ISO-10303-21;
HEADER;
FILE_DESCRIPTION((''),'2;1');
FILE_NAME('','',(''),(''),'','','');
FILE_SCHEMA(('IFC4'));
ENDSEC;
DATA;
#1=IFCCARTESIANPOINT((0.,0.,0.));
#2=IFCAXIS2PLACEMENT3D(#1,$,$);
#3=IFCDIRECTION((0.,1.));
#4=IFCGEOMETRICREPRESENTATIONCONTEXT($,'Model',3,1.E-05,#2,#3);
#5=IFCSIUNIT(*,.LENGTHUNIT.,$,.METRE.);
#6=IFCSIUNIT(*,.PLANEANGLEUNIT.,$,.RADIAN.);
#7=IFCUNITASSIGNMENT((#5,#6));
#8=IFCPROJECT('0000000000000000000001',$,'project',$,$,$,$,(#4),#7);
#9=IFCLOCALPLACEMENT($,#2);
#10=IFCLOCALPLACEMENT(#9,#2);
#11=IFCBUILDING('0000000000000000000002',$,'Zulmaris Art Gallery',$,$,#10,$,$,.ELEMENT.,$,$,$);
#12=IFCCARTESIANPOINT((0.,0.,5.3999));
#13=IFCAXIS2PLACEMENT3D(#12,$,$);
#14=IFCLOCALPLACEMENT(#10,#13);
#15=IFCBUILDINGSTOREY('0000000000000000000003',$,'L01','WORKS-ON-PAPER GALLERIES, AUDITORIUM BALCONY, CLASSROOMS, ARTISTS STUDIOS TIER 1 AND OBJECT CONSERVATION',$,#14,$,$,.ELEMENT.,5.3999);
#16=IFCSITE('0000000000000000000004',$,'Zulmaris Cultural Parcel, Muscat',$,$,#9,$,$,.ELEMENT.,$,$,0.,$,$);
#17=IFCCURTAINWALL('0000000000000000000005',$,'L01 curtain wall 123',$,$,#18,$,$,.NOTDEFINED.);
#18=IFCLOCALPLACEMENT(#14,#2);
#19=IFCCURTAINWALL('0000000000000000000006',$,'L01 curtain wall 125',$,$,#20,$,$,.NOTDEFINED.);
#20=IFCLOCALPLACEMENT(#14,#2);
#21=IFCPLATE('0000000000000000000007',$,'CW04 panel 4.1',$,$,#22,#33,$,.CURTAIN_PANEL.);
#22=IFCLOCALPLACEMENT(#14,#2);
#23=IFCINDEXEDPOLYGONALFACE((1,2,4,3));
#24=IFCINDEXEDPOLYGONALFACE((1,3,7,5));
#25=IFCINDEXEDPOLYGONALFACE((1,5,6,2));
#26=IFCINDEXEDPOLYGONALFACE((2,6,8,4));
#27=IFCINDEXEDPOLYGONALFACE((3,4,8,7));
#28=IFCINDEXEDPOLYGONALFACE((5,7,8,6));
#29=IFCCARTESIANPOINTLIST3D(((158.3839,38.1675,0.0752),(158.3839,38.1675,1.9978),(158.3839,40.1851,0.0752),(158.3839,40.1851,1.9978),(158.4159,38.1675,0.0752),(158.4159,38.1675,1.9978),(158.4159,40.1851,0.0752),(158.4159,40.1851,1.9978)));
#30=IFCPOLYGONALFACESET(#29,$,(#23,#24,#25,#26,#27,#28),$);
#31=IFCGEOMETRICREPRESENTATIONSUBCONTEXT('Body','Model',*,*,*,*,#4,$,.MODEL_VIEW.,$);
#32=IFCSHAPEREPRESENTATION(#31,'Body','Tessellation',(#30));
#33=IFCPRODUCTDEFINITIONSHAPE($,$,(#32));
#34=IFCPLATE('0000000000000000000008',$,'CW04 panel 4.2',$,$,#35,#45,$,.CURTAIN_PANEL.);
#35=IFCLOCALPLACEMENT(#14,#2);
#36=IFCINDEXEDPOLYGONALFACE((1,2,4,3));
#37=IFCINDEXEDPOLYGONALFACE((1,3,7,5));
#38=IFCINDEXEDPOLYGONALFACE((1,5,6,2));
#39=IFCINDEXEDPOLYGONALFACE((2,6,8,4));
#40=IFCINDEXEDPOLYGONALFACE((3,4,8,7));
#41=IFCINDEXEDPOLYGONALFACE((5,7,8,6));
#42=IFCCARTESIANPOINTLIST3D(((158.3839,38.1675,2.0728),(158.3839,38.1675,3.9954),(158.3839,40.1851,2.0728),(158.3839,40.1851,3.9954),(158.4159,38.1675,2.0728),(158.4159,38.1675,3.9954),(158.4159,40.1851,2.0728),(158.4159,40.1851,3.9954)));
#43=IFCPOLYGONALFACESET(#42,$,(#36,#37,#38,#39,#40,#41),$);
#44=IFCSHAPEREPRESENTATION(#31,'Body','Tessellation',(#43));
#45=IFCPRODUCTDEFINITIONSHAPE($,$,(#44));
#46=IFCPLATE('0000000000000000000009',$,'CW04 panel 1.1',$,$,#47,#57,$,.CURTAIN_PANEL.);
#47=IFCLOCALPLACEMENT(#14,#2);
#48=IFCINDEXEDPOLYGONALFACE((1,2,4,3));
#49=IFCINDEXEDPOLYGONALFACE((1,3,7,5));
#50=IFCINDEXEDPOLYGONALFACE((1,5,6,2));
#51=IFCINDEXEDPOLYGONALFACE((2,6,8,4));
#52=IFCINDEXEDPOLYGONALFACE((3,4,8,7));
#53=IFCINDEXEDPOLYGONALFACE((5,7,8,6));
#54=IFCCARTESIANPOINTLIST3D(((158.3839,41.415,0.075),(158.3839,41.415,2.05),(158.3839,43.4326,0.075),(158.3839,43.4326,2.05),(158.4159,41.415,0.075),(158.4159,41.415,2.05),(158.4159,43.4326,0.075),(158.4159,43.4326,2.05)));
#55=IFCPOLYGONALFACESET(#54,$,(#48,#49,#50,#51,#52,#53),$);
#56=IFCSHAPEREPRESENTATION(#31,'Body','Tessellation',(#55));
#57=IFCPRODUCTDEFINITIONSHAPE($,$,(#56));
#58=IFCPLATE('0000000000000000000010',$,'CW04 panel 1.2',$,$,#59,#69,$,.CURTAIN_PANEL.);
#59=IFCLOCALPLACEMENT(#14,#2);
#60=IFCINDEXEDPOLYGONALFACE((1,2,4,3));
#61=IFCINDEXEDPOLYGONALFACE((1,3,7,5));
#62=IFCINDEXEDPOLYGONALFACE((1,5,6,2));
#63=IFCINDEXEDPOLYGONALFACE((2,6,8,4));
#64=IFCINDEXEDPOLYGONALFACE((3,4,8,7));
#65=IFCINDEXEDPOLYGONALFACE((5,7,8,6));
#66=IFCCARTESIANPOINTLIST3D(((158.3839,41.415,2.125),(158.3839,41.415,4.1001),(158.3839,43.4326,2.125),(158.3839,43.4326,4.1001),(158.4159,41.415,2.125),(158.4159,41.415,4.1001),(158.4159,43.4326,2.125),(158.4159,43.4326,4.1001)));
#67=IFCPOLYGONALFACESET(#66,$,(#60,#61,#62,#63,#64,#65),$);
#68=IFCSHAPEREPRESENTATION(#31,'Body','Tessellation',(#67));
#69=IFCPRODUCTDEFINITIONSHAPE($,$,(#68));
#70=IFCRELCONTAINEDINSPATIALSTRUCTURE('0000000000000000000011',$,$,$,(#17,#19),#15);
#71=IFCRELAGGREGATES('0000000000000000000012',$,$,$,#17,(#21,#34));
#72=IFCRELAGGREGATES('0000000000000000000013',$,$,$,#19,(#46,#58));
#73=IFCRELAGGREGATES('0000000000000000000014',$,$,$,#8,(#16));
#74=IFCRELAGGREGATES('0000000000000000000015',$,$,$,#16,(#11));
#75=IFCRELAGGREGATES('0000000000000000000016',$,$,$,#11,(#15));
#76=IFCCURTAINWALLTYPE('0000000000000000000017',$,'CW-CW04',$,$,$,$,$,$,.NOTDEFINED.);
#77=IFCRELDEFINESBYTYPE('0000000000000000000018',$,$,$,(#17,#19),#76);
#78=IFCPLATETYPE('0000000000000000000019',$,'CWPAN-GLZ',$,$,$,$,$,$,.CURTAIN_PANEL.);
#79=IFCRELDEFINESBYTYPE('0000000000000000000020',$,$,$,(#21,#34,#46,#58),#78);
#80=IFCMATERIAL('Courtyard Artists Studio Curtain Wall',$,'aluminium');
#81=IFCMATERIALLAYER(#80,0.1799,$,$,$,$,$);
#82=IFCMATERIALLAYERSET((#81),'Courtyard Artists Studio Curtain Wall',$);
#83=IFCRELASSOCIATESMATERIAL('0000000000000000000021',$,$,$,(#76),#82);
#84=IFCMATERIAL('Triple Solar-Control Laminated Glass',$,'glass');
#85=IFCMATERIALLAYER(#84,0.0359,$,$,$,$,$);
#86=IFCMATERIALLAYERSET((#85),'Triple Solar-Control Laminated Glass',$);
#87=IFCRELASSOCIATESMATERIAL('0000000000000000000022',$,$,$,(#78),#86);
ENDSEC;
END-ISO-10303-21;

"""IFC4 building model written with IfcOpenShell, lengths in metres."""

from ifc_helpers import new_model, si_unit, direction, frame, origin, origin_2d, place, context, subcontext, project, spatial, rectangle, extrude, material, layer, layer_set, type_object, element, aggregate, save


model = new_model("IFC4")

# Units and contexts
model_context = context("Model", 3, precision=1e-05, world=origin(), true_north=direction((0.0, 1.0)))
body_context = subcontext(model_context, "Body", "Model", "MODEL_VIEW")
ifc_project = project(units=[si_unit("LENGTHUNIT", "METRE"), si_unit("PLANEANGLEUNIT", "RADIAN")], contexts=[model_context])

# Site, building, storey
site_placement = place(None, origin())
site = spatial("IfcSite", under=ifc_project, at=site_placement, Name="Zulmaris Cultural Parcel, Muscat", CompositionType="ELEMENT", RefElevation=0.0)
building_placement = place(site_placement, origin())
building = spatial("IfcBuilding", under=site, at=building_placement, Name="Zulmaris Art Gallery", CompositionType="ELEMENT")
storey_placement = place(building_placement, frame((0.0, 0.0, 5.3999)))
storey = spatial("IfcBuildingStorey", under=building, at=storey_placement, Name="L01", Description="WORKS-ON-PAPER GALLERIES, AUDITORIUM BALCONY, CLASSROOMS, ARTISTS STUDIOS TIER 1 AND OBJECT CONSERVATION", CompositionType="ELEMENT", Elevation=5.3999)

# Curtain walls
ifc_material_1 = material(Name="Courtyard Artists Studio Curtain Wall", Category="aluminium")
ifc_layer_1 = layer(ifc_material_1, 0.1799)
ifc_layer_set_1 = layer_set([ifc_layer_1], Name="Courtyard Artists Studio Curtain Wall")
curtain_wall_type = type_object("IfcCurtainWallType", Name="CW-CW04", PredefinedType="NOTDEFINED", material=ifc_layer_set_1)
curtain_wall_1_placement = place(storey_placement, origin())
curtain_wall_1 = element("IfcCurtainWall", 1, at=curtain_wall_1_placement, inside=storey, type_object=curtain_wall_type, Name="L01 curtain wall 123", PredefinedType="NOTDEFINED")
curtain_wall_2_placement = place(storey_placement, origin())
curtain_wall_2 = element("IfcCurtainWall", 2, at=curtain_wall_2_placement, inside=storey, type_object=curtain_wall_type, Name="L01 curtain wall 125", PredefinedType="NOTDEFINED")

# Plates
ifc_material_2 = material(Name="Triple Solar-Control Laminated Glass", Category="glass")
ifc_layer_2 = layer(ifc_material_2, 0.0359)
ifc_layer_set_2 = layer_set([ifc_layer_2], Name="Triple Solar-Control Laminated Glass")
plate_type = type_object("IfcPlateType", Name="CWPAN-GLZ", PredefinedType="CURTAIN_PANEL", material=ifc_layer_set_2)
plate_1_placement = place(storey_placement, frame((158.3999, 39.1763, 0.0752), z_axis=(0.0, 0.0, 1.0), x_axis=(0.0, 1.0, 0.0)))
plate_1 = element("IfcPlate", 3, at=plate_1_placement, type_object=plate_type, Name="CW04 panel 4.1", PredefinedType="CURTAIN_PANEL", context=body_context, shape_type="SweptSolid", body=[
    extrude(rectangle(XDim=2.0176, YDim=0.032, at=origin_2d()), origin(), (0.0, 0.0, 1.0), 1.9226),
])
plate_2_placement = place(storey_placement, frame((158.3999, 39.1763, 2.0728), z_axis=(0.0, 0.0, 1.0), x_axis=(0.0, 1.0, 0.0)))
plate_2 = element("IfcPlate", 4, at=plate_2_placement, type_object=plate_type, Name="CW04 panel 4.2", PredefinedType="CURTAIN_PANEL", context=body_context, shape_type="SweptSolid", body=[
    extrude(rectangle(XDim=2.0176, YDim=0.032, at=origin_2d()), origin(), (0.0, 0.0, 1.0), 1.9226),
])
aggregate(curtain_wall_1, [plate_1, plate_2])
plate_3_placement = place(storey_placement, frame((158.3999, 42.4238, 0.075), z_axis=(0.0, 0.0, 1.0), x_axis=(0.0, 1.0, 0.0)))
plate_3 = element("IfcPlate", 5, at=plate_3_placement, type_object=plate_type, Name="CW04 panel 1.1", PredefinedType="CURTAIN_PANEL", context=body_context, shape_type="SweptSolid", body=[
    extrude(rectangle(XDim=2.0176, YDim=0.032, at=origin_2d()), origin(), (0.0, 0.0, 1.0), 1.9751),
])
plate_4_placement = place(storey_placement, frame((158.3999, 42.4238, 2.125), z_axis=(0.0, 0.0, 1.0), x_axis=(0.0, 1.0, 0.0)))
plate_4 = element("IfcPlate", 6, at=plate_4_placement, type_object=plate_type, Name="CW04 panel 1.2", PredefinedType="CURTAIN_PANEL", context=body_context, shape_type="SweptSolid", body=[
    extrude(rectangle(XDim=2.0176, YDim=0.032, at=origin_2d()), origin(), (0.0, 0.0, 1.0), 1.9751),
])
aggregate(curtain_wall_2, [plate_3, plate_4])

save(model, "model.ifc")
